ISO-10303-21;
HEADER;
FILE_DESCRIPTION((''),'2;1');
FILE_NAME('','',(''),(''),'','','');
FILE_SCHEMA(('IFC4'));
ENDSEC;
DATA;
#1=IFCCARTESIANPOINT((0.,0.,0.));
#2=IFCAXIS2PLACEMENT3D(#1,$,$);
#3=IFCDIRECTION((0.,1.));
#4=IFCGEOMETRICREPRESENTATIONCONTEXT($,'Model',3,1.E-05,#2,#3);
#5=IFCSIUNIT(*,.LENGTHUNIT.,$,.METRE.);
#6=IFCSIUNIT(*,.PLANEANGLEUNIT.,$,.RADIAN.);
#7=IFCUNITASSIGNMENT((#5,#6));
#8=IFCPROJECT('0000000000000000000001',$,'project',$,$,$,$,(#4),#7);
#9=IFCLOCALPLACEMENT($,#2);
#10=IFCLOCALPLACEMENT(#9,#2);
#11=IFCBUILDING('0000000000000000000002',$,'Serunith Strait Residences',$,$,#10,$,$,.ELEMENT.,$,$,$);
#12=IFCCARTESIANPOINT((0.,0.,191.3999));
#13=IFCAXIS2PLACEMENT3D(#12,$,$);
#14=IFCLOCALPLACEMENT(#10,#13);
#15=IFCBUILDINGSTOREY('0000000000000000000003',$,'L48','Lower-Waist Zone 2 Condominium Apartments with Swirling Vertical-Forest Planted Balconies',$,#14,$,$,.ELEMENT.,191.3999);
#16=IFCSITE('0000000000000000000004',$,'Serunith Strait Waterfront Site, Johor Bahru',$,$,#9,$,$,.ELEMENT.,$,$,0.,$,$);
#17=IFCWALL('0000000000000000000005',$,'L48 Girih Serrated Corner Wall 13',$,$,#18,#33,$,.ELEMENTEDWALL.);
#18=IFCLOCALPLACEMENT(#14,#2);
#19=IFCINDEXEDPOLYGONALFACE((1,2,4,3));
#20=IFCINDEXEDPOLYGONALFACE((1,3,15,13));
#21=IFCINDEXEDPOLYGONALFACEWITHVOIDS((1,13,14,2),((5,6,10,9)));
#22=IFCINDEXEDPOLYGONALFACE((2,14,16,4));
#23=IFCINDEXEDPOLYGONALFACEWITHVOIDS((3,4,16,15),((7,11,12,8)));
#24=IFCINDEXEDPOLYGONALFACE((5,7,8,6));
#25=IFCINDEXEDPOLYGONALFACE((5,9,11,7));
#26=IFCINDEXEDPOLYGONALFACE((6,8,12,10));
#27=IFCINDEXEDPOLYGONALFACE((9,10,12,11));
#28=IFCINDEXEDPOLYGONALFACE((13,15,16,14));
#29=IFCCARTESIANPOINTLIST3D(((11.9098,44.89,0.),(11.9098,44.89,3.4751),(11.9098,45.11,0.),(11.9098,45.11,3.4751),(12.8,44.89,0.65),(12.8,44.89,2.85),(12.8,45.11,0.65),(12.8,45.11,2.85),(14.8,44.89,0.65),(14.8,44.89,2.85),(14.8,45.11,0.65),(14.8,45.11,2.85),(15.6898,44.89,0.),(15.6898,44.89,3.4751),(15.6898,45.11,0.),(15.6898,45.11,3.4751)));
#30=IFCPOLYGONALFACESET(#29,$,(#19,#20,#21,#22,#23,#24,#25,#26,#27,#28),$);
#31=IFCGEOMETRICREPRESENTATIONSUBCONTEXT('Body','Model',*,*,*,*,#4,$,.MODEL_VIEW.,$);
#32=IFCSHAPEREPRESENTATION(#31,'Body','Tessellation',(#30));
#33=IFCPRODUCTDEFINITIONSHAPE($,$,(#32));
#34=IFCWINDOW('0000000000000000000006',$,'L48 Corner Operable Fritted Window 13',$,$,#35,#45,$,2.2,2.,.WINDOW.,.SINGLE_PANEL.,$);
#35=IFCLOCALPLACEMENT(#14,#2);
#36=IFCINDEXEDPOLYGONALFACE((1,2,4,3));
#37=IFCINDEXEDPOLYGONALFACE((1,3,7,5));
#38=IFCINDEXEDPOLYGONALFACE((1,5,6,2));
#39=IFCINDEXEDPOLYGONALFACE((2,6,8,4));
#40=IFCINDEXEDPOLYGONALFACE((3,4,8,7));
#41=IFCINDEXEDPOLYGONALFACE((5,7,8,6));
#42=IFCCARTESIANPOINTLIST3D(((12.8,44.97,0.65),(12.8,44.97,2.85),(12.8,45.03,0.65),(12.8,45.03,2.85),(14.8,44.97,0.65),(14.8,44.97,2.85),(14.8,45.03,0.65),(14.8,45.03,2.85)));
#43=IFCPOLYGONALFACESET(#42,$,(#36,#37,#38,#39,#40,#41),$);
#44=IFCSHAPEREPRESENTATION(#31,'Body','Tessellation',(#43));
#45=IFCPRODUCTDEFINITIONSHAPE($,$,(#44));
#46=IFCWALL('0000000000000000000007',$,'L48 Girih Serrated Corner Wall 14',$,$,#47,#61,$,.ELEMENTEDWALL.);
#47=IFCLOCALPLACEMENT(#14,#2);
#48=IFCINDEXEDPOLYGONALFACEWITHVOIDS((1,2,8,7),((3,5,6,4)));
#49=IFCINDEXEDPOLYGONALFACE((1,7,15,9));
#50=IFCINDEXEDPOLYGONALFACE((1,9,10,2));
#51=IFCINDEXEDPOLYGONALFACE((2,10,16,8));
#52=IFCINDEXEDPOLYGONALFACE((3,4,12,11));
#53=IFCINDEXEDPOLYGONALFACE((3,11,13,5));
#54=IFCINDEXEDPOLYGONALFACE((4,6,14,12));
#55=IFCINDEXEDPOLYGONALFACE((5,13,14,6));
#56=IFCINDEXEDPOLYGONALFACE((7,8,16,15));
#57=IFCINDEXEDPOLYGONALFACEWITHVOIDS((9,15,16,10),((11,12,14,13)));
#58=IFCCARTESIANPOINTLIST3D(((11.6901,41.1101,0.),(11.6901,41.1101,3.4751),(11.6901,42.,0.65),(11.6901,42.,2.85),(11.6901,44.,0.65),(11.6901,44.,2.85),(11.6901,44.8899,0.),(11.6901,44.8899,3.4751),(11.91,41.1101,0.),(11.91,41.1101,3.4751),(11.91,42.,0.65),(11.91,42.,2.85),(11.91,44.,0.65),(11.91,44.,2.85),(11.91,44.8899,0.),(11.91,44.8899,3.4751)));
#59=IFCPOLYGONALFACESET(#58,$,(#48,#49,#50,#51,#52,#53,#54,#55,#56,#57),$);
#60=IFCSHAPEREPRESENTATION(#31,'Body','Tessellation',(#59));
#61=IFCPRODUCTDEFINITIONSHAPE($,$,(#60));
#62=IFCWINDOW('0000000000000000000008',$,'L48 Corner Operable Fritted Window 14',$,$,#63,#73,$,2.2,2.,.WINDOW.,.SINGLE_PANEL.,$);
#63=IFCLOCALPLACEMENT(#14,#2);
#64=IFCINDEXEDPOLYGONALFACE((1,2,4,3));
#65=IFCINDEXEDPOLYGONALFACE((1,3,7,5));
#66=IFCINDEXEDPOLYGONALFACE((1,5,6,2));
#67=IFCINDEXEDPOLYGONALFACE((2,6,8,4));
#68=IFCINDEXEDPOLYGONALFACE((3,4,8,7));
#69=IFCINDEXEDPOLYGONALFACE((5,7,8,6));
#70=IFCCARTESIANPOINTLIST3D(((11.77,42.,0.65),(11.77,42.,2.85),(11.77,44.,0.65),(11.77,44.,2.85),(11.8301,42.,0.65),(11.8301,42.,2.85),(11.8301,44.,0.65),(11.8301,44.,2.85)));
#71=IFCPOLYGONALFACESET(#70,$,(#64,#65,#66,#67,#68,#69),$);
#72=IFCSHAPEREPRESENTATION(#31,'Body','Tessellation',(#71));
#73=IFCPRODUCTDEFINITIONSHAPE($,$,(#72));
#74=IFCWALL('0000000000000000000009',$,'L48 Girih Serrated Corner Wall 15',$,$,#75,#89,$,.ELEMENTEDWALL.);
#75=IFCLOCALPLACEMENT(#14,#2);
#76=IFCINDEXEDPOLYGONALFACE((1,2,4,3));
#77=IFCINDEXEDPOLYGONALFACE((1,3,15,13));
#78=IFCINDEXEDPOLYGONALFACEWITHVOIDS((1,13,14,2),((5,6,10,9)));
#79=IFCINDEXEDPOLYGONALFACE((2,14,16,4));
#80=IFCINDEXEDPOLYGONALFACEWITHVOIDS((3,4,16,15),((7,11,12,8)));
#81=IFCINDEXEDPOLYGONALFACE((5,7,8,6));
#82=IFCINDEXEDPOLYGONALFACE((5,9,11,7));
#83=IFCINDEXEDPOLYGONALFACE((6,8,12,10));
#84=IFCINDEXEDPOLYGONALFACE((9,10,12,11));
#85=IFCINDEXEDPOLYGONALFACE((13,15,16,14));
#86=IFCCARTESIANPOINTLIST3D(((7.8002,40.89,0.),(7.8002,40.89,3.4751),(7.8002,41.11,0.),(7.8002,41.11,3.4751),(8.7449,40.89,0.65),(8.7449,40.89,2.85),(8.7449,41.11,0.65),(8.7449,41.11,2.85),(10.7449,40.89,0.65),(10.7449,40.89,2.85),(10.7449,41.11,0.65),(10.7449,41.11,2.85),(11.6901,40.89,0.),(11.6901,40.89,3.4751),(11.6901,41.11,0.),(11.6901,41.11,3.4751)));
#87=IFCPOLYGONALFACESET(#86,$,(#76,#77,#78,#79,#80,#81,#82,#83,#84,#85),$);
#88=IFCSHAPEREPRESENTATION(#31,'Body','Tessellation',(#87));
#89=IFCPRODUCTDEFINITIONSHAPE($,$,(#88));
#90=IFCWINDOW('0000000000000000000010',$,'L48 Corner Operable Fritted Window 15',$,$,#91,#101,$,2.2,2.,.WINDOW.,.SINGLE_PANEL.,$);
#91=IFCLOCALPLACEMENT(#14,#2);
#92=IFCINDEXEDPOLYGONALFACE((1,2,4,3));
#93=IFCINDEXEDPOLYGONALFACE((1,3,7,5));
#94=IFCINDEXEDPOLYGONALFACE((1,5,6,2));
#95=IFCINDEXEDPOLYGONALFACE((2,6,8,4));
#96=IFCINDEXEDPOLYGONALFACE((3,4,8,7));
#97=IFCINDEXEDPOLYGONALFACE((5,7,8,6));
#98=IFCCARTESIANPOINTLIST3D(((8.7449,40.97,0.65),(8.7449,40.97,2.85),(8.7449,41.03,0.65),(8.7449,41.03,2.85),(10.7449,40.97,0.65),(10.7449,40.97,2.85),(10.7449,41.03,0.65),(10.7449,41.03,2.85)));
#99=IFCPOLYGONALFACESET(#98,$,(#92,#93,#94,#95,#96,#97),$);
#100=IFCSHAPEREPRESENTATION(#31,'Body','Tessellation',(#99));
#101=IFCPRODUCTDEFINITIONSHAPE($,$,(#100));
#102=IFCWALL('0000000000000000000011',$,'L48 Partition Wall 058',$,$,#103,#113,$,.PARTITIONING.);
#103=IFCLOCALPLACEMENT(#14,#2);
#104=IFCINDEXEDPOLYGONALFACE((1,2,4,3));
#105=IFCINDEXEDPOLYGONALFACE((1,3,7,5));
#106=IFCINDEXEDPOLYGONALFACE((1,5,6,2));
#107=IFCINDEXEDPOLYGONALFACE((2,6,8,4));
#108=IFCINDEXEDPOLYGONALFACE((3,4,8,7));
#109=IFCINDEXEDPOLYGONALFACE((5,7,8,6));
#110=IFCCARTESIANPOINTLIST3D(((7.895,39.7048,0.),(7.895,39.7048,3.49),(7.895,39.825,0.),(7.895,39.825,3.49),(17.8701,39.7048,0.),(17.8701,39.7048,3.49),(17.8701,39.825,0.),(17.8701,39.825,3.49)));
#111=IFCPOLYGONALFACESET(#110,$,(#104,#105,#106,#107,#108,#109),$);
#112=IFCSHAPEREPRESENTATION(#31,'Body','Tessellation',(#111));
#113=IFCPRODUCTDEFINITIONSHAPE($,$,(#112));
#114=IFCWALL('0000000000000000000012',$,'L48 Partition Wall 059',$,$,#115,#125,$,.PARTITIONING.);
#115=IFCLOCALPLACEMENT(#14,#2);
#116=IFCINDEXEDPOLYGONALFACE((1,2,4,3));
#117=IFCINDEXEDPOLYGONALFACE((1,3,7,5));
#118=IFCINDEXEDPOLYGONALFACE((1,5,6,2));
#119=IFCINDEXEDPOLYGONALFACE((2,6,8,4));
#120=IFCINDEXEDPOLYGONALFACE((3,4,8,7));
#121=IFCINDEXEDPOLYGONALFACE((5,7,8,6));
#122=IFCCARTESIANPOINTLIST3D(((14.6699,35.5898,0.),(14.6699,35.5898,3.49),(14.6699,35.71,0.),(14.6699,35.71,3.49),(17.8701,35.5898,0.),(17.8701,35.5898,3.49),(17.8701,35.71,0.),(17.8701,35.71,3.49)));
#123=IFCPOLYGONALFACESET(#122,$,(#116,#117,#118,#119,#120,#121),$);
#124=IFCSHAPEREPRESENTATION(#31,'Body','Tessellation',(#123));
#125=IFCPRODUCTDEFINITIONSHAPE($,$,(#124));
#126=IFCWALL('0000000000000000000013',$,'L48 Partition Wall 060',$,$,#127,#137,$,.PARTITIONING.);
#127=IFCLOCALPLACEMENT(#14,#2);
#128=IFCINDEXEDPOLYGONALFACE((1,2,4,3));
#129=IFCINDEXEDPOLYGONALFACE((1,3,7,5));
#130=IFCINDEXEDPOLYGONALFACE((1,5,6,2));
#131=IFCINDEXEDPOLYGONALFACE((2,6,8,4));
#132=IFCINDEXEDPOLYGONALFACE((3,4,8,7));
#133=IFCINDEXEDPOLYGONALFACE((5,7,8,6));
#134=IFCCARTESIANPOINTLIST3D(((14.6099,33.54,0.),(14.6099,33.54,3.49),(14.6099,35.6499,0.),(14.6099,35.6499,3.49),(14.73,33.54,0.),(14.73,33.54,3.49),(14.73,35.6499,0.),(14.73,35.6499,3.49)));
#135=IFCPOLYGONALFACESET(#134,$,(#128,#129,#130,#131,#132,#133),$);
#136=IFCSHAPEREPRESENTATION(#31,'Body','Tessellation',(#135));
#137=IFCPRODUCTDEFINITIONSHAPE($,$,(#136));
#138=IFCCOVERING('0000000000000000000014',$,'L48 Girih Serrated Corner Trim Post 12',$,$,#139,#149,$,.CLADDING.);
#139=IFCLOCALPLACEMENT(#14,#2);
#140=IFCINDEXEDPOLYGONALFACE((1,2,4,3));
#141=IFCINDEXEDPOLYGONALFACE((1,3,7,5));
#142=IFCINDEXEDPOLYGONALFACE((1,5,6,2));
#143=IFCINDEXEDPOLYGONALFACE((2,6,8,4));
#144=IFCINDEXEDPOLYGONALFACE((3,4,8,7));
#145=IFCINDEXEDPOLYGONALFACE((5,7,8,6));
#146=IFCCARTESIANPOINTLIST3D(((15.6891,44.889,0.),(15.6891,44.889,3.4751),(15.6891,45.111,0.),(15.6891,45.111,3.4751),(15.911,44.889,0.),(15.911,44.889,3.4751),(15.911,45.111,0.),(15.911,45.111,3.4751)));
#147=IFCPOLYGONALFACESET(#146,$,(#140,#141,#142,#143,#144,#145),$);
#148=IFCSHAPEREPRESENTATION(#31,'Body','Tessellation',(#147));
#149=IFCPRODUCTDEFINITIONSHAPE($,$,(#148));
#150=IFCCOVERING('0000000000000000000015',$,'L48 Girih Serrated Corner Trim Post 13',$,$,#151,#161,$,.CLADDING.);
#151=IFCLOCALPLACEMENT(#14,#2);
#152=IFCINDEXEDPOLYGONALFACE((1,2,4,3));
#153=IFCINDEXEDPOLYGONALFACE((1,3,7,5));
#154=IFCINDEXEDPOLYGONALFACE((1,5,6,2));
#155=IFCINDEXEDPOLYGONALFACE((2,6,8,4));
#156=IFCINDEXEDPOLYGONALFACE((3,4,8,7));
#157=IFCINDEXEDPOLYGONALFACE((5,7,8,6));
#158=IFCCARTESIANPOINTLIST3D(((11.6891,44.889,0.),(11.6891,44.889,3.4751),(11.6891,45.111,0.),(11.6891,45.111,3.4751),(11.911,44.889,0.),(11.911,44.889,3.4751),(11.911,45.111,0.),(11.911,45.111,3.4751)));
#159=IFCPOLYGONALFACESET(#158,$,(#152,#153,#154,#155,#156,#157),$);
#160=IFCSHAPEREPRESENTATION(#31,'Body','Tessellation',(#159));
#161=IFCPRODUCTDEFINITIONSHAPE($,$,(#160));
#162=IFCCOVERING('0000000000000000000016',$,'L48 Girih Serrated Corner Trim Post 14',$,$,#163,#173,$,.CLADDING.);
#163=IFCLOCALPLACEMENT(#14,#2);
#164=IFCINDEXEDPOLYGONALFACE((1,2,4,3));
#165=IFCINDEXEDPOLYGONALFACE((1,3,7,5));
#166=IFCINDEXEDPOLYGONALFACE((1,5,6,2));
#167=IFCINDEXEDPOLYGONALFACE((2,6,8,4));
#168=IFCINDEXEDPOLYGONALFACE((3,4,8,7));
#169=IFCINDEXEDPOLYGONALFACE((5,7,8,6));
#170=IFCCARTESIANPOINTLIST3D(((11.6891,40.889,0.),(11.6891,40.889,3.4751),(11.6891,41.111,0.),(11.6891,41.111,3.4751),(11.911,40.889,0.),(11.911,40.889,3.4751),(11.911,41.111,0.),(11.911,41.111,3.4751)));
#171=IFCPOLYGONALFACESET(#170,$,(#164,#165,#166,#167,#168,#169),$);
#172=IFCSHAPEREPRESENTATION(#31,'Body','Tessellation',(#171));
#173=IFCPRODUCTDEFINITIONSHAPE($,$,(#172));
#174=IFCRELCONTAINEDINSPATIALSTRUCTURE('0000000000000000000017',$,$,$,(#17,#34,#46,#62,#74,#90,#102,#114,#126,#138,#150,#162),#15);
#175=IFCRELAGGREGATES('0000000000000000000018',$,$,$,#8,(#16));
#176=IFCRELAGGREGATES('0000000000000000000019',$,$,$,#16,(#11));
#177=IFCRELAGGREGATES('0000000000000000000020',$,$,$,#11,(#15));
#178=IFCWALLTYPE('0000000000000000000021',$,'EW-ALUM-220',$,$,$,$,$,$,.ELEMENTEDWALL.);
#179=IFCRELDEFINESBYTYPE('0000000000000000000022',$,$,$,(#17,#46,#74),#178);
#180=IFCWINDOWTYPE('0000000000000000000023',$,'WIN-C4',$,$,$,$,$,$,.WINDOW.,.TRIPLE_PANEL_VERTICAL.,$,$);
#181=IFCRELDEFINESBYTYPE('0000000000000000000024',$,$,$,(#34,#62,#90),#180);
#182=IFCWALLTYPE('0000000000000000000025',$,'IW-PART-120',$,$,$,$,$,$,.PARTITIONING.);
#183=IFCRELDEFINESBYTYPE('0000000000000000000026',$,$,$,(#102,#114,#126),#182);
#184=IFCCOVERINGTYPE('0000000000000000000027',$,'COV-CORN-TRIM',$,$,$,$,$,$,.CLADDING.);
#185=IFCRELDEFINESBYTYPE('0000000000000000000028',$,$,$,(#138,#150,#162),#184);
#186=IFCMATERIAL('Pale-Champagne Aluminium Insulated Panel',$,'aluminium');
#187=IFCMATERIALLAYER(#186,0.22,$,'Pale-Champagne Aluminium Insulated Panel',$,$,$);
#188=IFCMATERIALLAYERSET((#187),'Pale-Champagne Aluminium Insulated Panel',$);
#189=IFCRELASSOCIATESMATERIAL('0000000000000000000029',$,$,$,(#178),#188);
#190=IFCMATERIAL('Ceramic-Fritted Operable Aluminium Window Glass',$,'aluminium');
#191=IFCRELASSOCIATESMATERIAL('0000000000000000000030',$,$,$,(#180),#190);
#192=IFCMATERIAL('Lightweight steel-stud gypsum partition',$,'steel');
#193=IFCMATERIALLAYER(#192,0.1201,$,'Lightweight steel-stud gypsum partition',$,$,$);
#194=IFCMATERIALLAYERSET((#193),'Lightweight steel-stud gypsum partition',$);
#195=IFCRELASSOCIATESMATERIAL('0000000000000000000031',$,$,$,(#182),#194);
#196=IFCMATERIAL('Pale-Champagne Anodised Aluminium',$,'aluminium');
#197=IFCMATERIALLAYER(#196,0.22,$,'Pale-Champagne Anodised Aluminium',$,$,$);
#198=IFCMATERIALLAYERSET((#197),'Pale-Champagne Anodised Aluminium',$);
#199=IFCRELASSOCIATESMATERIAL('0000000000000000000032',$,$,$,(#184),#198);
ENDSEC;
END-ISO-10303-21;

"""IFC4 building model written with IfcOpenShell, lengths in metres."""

from ifc_helpers import new_model, si_unit, direction, frame, frame_2d, origin, origin_2d, place, context, subcontext, project, spatial, rectangle, extrude, source, transform, mapped, material, layer, layer_set, type_object, element, fill, save


model = new_model("IFC4")

# Units and contexts
model_context = context("Model", 3, precision=1e-05, world=origin(), true_north=direction((0.0, 1.0)))
body_context = subcontext(model_context, "Body", "Model", "MODEL_VIEW")
ifc_project = project(units=[si_unit("LENGTHUNIT", "METRE"), si_unit("PLANEANGLEUNIT", "RADIAN")], contexts=[model_context])

# Site, building, storey
site_placement = place(None, origin())
site = spatial("IfcSite", under=ifc_project, at=site_placement, Name="Serunith Strait Waterfront Site, Johor Bahru", CompositionType="ELEMENT", RefElevation=0.0)
building_placement = place(site_placement, origin())
building = spatial("IfcBuilding", under=site, at=building_placement, Name="Serunith Strait Residences", CompositionType="ELEMENT")
storey_placement = place(building_placement, frame((0.0, 0.0, 191.3999)))
storey = spatial("IfcBuildingStorey", under=building, at=storey_placement, Name="L48", Description="Lower-Waist Zone 2 Condominium Apartments with Swirling Vertical-Forest Planted Balconies", CompositionType="ELEMENT", Elevation=191.3999)

# Walls, openings, windows
ifc_material_1 = material(Name="Pale-Champagne Aluminium Insulated Panel", Category="aluminium")
ifc_layer_1 = layer(ifc_material_1, 0.22, Name="Pale-Champagne Aluminium Insulated Panel")
ifc_layer_set_1 = layer_set([ifc_layer_1], Name="Pale-Champagne Aluminium Insulated Panel")
wall_type_1 = type_object("IfcWallType", Name="EW-ALUM-220", PredefinedType="ELEMENTEDWALL", material=ifc_layer_set_1)
ifc_material_2 = material(Name="Ceramic-Fritted Operable Aluminium Window Glass", Category="aluminium")
window_type = type_object("IfcWindowType", Name="WIN-C4", PartitioningType="TRIPLE_PANEL_VERTICAL", PredefinedType="WINDOW", material=ifc_material_2)
shared_shape_1 = source(origin(), body_context, "Body", "SweptSolid", [
    extrude(rectangle(XDim=2.0, YDim=2.2, at=frame_2d((1.0, 1.1001))), frame((0.0, 0.03, 0.0), z_axis=(0.0, -1.0, 0.0), x_axis=(1.0, 0.0, 0.0)), (0.0, 0.0, 1.0), 0.0601),
])
wall_1_placement = place(storey_placement, frame((15.6899, 45.0, 0.0), z_axis=(0.0, 0.0, 1.0), x_axis=(-1.0, 0.0, 0.0)))
wall_1 = element("IfcWall", 1, at=wall_1_placement, inside=storey, type_object=wall_type_1, Name="L48 Girih Serrated Corner Wall 13", PredefinedType="ELEMENTEDWALL", context=body_context, shape_type="SweptSolid", body=[
    extrude(rectangle(XDim=3.78, YDim=0.22, at=frame_2d((1.8901, 0.0))), origin(), (0.0, 0.0, 1.0), 3.4751),
])
opening_1_placement = place(wall_1_placement, frame((0.8899, 0.0, 0.6499)))
opening_1 = element("IfcOpeningElement", 2, at=opening_1_placement, cuts=wall_1, PredefinedType="OPENING", context=body_context, shape_type="SweptSolid", body=[
    extrude(rectangle(XDim=2.0, YDim=2.2, at=frame_2d((1.0, 1.1001))), frame((0.0, 0.1201, 0.0), z_axis=(0.0, -1.0, 0.0), x_axis=(1.0, 0.0, 0.0)), (0.0, 0.0, 1.0), 0.24),
])
window_1_placement = place(opening_1_placement, origin())
window_1 = element("IfcWindow", 3, at=window_1_placement, inside=storey, type_object=window_type, Name="L48 Corner Operable Fritted Window 13", OverallHeight=2.2, OverallWidth=2.0, PartitioningType="SINGLE_PANEL", PredefinedType="WINDOW", context=body_context, shape_type="MappedRepresentation", body=[
    mapped(shared_shape_1, transform((0.0, 0.0, 0.0), scale=1.0)),
])
fill(opening_1, window_1)
wall_2_placement = place(storey_placement, frame((11.8, 44.8899, 0.0), z_axis=(0.0, 0.0, 1.0), x_axis=(0.0, -1.0, 0.0)))
wall_2 = element("IfcWall", 4, at=wall_2_placement, inside=storey, type_object=wall_type_1, Name="L48 Girih Serrated Corner Wall 14", PredefinedType="ELEMENTEDWALL", context=body_context, shape_type="SweptSolid", body=[
    extrude(rectangle(XDim=3.7798, YDim=0.22, at=frame_2d((1.8899, 0.0))), origin(), (0.0, 0.0, 1.0), 3.4751),
])
opening_2_placement = place(wall_2_placement, frame((0.8899, 0.0, 0.6499)))
opening_2 = element("IfcOpeningElement", 5, at=opening_2_placement, cuts=wall_2, PredefinedType="OPENING", context=body_context, shape_type="SweptSolid", body=[
    extrude(rectangle(XDim=2.0, YDim=2.2, at=frame_2d((1.0, 1.1001))), frame((0.0, 0.1201, 0.0), z_axis=(0.0, -1.0, 0.0), x_axis=(1.0, 0.0, 0.0)), (0.0, 0.0, 1.0), 0.24),
])
window_2_placement = place(opening_2_placement, origin())
window_2 = element("IfcWindow", 6, at=window_2_placement, inside=storey, type_object=window_type, Name="L48 Corner Operable Fritted Window 14", OverallHeight=2.2, OverallWidth=2.0, PartitioningType="SINGLE_PANEL", PredefinedType="WINDOW", context=body_context, shape_type="MappedRepresentation", body=[
    mapped(shared_shape_1, transform((0.0, 0.0, 0.0), scale=1.0)),
])
fill(opening_2, window_2)
wall_3_placement = place(storey_placement, frame((11.6899, 41.0, 0.0), z_axis=(0.0, 0.0, 1.0), x_axis=(-1.0, 0.0, 0.0)))
wall_3 = element("IfcWall", 7, at=wall_3_placement, inside=storey, type_object=wall_type_1, Name="L48 Girih Serrated Corner Wall 15", PredefinedType="ELEMENTEDWALL", context=body_context, shape_type="SweptSolid", body=[
    extrude(rectangle(XDim=3.8899, YDim=0.22, at=frame_2d((1.9448, 0.0))), origin(), (0.0, 0.0, 1.0), 3.4751),
])
opening_3_placement = place(wall_3_placement, frame((0.9451, 0.0, 0.6499)))
opening_3 = element("IfcOpeningElement", 8, at=opening_3_placement, cuts=wall_3, PredefinedType="OPENING", context=body_context, shape_type="SweptSolid", body=[
    extrude(rectangle(XDim=2.0, YDim=2.2, at=frame_2d((1.0, 1.1001))), frame((0.0, 0.1201, 0.0), z_axis=(0.0, -1.0, 0.0), x_axis=(1.0, 0.0, 0.0)), (0.0, 0.0, 1.0), 0.24),
])
window_3_placement = place(opening_3_placement, origin())
window_3 = element("IfcWindow", 9, at=window_3_placement, inside=storey, type_object=window_type, Name="L48 Corner Operable Fritted Window 15", OverallHeight=2.2, OverallWidth=2.0, PartitioningType="SINGLE_PANEL", PredefinedType="WINDOW", context=body_context, shape_type="MappedRepresentation", body=[
    mapped(shared_shape_1, transform((0.0, 0.0, 0.0), scale=1.0)),
])
fill(opening_3, window_3)

# Walls
ifc_material_3 = material(Name="Lightweight steel-stud gypsum partition", Category="steel")
ifc_layer_2 = layer(ifc_material_3, 0.1201, Name="Lightweight steel-stud gypsum partition")
ifc_layer_set_2 = layer_set([ifc_layer_2], Name="Lightweight steel-stud gypsum partition")
wall_type_2 = type_object("IfcWallType", Name="IW-PART-120", PredefinedType="PARTITIONING", material=ifc_layer_set_2)
wall_4_placement = place(storey_placement, frame((7.895, 39.7649, 0.0), z_axis=(0.0, 0.0, 1.0), x_axis=(1.0, 0.0, 0.0)))
element("IfcWall", 10, at=wall_4_placement, inside=storey, type_object=wall_type_2, Name="L48 Partition Wall 058", PredefinedType="PARTITIONING", context=body_context, shape_type="SweptSolid", body=[
    extrude(rectangle(XDim=9.9751, YDim=0.1201, at=frame_2d((4.9875, 0.0))), origin(), (0.0, 0.0, 1.0), 3.49),
])
wall_5_placement = place(storey_placement, frame((14.6699, 35.6499, 0.0), z_axis=(0.0, 0.0, 1.0), x_axis=(1.0, 0.0, 0.0)))
element("IfcWall", 11, at=wall_5_placement, inside=storey, type_object=wall_type_2, Name="L48 Partition Wall 059", PredefinedType="PARTITIONING", context=body_context, shape_type="SweptSolid", body=[
    extrude(rectangle(XDim=3.2002, YDim=0.1201, at=frame_2d((1.6001, 0.0))), origin(), (0.0, 0.0, 1.0), 3.49),
])
wall_6_placement = place(storey_placement, frame((14.6699, 35.6499, 0.0), z_axis=(0.0, 0.0, 1.0), x_axis=(0.0, -1.0, 0.0)))
element("IfcWall", 12, at=wall_6_placement, inside=storey, type_object=wall_type_2, Name="L48 Partition Wall 060", PredefinedType="PARTITIONING", context=body_context, shape_type="SweptSolid", body=[
    extrude(rectangle(XDim=2.1099, YDim=0.1201, at=frame_2d((1.0549, 0.0))), origin(), (0.0, 0.0, 1.0), 3.49),
])

# Coverings
ifc_material_4 = material(Name="Pale-Champagne Anodised Aluminium", Category="aluminium")
ifc_layer_3 = layer(ifc_material_4, 0.22, Name="Pale-Champagne Anodised Aluminium")
ifc_layer_set_3 = layer_set([ifc_layer_3], Name="Pale-Champagne Anodised Aluminium")
covering_type = type_object("IfcCoveringType", Name="COV-CORN-TRIM", PredefinedType="CLADDING", material=ifc_layer_set_3)
shared_shape_2 = source(origin(), body_context, "Body", "SweptSolid", [
    extrude(rectangle(XDim=0.2219, YDim=0.2219, at=origin_2d()), origin(), (0.0, 0.0, 1.0), 3.4751),
])
for number, where, z_axis, x_axis, name in (
    (13, (15.8, 45.0, 0.0), (0.0, 0.0, 1.0), (1.0, 0.0, 0.0), "L48 Girih Serrated Corner Trim Post 12"),
    (14, (11.8, 45.0, 0.0), (0.0, 0.0, 1.0), (1.0, 0.0, 0.0), "L48 Girih Serrated Corner Trim Post 13"),
    (15, (11.8, 41.0, 0.0), (0.0, 0.0, 1.0), (1.0, 0.0, 0.0), "L48 Girih Serrated Corner Trim Post 14"),
):
    element("IfcCovering", number, at=place(storey_placement, frame(where, z_axis=z_axis, x_axis=x_axis)), inside=storey, type_object=covering_type, Name=name, PredefinedType="CLADDING", context=body_context, shape_type="MappedRepresentation", body=[
        mapped(shared_shape_2, transform((0.0, 0.0, 0.0), scale=1.0)),
    ])

save(model, "model.ifc")
